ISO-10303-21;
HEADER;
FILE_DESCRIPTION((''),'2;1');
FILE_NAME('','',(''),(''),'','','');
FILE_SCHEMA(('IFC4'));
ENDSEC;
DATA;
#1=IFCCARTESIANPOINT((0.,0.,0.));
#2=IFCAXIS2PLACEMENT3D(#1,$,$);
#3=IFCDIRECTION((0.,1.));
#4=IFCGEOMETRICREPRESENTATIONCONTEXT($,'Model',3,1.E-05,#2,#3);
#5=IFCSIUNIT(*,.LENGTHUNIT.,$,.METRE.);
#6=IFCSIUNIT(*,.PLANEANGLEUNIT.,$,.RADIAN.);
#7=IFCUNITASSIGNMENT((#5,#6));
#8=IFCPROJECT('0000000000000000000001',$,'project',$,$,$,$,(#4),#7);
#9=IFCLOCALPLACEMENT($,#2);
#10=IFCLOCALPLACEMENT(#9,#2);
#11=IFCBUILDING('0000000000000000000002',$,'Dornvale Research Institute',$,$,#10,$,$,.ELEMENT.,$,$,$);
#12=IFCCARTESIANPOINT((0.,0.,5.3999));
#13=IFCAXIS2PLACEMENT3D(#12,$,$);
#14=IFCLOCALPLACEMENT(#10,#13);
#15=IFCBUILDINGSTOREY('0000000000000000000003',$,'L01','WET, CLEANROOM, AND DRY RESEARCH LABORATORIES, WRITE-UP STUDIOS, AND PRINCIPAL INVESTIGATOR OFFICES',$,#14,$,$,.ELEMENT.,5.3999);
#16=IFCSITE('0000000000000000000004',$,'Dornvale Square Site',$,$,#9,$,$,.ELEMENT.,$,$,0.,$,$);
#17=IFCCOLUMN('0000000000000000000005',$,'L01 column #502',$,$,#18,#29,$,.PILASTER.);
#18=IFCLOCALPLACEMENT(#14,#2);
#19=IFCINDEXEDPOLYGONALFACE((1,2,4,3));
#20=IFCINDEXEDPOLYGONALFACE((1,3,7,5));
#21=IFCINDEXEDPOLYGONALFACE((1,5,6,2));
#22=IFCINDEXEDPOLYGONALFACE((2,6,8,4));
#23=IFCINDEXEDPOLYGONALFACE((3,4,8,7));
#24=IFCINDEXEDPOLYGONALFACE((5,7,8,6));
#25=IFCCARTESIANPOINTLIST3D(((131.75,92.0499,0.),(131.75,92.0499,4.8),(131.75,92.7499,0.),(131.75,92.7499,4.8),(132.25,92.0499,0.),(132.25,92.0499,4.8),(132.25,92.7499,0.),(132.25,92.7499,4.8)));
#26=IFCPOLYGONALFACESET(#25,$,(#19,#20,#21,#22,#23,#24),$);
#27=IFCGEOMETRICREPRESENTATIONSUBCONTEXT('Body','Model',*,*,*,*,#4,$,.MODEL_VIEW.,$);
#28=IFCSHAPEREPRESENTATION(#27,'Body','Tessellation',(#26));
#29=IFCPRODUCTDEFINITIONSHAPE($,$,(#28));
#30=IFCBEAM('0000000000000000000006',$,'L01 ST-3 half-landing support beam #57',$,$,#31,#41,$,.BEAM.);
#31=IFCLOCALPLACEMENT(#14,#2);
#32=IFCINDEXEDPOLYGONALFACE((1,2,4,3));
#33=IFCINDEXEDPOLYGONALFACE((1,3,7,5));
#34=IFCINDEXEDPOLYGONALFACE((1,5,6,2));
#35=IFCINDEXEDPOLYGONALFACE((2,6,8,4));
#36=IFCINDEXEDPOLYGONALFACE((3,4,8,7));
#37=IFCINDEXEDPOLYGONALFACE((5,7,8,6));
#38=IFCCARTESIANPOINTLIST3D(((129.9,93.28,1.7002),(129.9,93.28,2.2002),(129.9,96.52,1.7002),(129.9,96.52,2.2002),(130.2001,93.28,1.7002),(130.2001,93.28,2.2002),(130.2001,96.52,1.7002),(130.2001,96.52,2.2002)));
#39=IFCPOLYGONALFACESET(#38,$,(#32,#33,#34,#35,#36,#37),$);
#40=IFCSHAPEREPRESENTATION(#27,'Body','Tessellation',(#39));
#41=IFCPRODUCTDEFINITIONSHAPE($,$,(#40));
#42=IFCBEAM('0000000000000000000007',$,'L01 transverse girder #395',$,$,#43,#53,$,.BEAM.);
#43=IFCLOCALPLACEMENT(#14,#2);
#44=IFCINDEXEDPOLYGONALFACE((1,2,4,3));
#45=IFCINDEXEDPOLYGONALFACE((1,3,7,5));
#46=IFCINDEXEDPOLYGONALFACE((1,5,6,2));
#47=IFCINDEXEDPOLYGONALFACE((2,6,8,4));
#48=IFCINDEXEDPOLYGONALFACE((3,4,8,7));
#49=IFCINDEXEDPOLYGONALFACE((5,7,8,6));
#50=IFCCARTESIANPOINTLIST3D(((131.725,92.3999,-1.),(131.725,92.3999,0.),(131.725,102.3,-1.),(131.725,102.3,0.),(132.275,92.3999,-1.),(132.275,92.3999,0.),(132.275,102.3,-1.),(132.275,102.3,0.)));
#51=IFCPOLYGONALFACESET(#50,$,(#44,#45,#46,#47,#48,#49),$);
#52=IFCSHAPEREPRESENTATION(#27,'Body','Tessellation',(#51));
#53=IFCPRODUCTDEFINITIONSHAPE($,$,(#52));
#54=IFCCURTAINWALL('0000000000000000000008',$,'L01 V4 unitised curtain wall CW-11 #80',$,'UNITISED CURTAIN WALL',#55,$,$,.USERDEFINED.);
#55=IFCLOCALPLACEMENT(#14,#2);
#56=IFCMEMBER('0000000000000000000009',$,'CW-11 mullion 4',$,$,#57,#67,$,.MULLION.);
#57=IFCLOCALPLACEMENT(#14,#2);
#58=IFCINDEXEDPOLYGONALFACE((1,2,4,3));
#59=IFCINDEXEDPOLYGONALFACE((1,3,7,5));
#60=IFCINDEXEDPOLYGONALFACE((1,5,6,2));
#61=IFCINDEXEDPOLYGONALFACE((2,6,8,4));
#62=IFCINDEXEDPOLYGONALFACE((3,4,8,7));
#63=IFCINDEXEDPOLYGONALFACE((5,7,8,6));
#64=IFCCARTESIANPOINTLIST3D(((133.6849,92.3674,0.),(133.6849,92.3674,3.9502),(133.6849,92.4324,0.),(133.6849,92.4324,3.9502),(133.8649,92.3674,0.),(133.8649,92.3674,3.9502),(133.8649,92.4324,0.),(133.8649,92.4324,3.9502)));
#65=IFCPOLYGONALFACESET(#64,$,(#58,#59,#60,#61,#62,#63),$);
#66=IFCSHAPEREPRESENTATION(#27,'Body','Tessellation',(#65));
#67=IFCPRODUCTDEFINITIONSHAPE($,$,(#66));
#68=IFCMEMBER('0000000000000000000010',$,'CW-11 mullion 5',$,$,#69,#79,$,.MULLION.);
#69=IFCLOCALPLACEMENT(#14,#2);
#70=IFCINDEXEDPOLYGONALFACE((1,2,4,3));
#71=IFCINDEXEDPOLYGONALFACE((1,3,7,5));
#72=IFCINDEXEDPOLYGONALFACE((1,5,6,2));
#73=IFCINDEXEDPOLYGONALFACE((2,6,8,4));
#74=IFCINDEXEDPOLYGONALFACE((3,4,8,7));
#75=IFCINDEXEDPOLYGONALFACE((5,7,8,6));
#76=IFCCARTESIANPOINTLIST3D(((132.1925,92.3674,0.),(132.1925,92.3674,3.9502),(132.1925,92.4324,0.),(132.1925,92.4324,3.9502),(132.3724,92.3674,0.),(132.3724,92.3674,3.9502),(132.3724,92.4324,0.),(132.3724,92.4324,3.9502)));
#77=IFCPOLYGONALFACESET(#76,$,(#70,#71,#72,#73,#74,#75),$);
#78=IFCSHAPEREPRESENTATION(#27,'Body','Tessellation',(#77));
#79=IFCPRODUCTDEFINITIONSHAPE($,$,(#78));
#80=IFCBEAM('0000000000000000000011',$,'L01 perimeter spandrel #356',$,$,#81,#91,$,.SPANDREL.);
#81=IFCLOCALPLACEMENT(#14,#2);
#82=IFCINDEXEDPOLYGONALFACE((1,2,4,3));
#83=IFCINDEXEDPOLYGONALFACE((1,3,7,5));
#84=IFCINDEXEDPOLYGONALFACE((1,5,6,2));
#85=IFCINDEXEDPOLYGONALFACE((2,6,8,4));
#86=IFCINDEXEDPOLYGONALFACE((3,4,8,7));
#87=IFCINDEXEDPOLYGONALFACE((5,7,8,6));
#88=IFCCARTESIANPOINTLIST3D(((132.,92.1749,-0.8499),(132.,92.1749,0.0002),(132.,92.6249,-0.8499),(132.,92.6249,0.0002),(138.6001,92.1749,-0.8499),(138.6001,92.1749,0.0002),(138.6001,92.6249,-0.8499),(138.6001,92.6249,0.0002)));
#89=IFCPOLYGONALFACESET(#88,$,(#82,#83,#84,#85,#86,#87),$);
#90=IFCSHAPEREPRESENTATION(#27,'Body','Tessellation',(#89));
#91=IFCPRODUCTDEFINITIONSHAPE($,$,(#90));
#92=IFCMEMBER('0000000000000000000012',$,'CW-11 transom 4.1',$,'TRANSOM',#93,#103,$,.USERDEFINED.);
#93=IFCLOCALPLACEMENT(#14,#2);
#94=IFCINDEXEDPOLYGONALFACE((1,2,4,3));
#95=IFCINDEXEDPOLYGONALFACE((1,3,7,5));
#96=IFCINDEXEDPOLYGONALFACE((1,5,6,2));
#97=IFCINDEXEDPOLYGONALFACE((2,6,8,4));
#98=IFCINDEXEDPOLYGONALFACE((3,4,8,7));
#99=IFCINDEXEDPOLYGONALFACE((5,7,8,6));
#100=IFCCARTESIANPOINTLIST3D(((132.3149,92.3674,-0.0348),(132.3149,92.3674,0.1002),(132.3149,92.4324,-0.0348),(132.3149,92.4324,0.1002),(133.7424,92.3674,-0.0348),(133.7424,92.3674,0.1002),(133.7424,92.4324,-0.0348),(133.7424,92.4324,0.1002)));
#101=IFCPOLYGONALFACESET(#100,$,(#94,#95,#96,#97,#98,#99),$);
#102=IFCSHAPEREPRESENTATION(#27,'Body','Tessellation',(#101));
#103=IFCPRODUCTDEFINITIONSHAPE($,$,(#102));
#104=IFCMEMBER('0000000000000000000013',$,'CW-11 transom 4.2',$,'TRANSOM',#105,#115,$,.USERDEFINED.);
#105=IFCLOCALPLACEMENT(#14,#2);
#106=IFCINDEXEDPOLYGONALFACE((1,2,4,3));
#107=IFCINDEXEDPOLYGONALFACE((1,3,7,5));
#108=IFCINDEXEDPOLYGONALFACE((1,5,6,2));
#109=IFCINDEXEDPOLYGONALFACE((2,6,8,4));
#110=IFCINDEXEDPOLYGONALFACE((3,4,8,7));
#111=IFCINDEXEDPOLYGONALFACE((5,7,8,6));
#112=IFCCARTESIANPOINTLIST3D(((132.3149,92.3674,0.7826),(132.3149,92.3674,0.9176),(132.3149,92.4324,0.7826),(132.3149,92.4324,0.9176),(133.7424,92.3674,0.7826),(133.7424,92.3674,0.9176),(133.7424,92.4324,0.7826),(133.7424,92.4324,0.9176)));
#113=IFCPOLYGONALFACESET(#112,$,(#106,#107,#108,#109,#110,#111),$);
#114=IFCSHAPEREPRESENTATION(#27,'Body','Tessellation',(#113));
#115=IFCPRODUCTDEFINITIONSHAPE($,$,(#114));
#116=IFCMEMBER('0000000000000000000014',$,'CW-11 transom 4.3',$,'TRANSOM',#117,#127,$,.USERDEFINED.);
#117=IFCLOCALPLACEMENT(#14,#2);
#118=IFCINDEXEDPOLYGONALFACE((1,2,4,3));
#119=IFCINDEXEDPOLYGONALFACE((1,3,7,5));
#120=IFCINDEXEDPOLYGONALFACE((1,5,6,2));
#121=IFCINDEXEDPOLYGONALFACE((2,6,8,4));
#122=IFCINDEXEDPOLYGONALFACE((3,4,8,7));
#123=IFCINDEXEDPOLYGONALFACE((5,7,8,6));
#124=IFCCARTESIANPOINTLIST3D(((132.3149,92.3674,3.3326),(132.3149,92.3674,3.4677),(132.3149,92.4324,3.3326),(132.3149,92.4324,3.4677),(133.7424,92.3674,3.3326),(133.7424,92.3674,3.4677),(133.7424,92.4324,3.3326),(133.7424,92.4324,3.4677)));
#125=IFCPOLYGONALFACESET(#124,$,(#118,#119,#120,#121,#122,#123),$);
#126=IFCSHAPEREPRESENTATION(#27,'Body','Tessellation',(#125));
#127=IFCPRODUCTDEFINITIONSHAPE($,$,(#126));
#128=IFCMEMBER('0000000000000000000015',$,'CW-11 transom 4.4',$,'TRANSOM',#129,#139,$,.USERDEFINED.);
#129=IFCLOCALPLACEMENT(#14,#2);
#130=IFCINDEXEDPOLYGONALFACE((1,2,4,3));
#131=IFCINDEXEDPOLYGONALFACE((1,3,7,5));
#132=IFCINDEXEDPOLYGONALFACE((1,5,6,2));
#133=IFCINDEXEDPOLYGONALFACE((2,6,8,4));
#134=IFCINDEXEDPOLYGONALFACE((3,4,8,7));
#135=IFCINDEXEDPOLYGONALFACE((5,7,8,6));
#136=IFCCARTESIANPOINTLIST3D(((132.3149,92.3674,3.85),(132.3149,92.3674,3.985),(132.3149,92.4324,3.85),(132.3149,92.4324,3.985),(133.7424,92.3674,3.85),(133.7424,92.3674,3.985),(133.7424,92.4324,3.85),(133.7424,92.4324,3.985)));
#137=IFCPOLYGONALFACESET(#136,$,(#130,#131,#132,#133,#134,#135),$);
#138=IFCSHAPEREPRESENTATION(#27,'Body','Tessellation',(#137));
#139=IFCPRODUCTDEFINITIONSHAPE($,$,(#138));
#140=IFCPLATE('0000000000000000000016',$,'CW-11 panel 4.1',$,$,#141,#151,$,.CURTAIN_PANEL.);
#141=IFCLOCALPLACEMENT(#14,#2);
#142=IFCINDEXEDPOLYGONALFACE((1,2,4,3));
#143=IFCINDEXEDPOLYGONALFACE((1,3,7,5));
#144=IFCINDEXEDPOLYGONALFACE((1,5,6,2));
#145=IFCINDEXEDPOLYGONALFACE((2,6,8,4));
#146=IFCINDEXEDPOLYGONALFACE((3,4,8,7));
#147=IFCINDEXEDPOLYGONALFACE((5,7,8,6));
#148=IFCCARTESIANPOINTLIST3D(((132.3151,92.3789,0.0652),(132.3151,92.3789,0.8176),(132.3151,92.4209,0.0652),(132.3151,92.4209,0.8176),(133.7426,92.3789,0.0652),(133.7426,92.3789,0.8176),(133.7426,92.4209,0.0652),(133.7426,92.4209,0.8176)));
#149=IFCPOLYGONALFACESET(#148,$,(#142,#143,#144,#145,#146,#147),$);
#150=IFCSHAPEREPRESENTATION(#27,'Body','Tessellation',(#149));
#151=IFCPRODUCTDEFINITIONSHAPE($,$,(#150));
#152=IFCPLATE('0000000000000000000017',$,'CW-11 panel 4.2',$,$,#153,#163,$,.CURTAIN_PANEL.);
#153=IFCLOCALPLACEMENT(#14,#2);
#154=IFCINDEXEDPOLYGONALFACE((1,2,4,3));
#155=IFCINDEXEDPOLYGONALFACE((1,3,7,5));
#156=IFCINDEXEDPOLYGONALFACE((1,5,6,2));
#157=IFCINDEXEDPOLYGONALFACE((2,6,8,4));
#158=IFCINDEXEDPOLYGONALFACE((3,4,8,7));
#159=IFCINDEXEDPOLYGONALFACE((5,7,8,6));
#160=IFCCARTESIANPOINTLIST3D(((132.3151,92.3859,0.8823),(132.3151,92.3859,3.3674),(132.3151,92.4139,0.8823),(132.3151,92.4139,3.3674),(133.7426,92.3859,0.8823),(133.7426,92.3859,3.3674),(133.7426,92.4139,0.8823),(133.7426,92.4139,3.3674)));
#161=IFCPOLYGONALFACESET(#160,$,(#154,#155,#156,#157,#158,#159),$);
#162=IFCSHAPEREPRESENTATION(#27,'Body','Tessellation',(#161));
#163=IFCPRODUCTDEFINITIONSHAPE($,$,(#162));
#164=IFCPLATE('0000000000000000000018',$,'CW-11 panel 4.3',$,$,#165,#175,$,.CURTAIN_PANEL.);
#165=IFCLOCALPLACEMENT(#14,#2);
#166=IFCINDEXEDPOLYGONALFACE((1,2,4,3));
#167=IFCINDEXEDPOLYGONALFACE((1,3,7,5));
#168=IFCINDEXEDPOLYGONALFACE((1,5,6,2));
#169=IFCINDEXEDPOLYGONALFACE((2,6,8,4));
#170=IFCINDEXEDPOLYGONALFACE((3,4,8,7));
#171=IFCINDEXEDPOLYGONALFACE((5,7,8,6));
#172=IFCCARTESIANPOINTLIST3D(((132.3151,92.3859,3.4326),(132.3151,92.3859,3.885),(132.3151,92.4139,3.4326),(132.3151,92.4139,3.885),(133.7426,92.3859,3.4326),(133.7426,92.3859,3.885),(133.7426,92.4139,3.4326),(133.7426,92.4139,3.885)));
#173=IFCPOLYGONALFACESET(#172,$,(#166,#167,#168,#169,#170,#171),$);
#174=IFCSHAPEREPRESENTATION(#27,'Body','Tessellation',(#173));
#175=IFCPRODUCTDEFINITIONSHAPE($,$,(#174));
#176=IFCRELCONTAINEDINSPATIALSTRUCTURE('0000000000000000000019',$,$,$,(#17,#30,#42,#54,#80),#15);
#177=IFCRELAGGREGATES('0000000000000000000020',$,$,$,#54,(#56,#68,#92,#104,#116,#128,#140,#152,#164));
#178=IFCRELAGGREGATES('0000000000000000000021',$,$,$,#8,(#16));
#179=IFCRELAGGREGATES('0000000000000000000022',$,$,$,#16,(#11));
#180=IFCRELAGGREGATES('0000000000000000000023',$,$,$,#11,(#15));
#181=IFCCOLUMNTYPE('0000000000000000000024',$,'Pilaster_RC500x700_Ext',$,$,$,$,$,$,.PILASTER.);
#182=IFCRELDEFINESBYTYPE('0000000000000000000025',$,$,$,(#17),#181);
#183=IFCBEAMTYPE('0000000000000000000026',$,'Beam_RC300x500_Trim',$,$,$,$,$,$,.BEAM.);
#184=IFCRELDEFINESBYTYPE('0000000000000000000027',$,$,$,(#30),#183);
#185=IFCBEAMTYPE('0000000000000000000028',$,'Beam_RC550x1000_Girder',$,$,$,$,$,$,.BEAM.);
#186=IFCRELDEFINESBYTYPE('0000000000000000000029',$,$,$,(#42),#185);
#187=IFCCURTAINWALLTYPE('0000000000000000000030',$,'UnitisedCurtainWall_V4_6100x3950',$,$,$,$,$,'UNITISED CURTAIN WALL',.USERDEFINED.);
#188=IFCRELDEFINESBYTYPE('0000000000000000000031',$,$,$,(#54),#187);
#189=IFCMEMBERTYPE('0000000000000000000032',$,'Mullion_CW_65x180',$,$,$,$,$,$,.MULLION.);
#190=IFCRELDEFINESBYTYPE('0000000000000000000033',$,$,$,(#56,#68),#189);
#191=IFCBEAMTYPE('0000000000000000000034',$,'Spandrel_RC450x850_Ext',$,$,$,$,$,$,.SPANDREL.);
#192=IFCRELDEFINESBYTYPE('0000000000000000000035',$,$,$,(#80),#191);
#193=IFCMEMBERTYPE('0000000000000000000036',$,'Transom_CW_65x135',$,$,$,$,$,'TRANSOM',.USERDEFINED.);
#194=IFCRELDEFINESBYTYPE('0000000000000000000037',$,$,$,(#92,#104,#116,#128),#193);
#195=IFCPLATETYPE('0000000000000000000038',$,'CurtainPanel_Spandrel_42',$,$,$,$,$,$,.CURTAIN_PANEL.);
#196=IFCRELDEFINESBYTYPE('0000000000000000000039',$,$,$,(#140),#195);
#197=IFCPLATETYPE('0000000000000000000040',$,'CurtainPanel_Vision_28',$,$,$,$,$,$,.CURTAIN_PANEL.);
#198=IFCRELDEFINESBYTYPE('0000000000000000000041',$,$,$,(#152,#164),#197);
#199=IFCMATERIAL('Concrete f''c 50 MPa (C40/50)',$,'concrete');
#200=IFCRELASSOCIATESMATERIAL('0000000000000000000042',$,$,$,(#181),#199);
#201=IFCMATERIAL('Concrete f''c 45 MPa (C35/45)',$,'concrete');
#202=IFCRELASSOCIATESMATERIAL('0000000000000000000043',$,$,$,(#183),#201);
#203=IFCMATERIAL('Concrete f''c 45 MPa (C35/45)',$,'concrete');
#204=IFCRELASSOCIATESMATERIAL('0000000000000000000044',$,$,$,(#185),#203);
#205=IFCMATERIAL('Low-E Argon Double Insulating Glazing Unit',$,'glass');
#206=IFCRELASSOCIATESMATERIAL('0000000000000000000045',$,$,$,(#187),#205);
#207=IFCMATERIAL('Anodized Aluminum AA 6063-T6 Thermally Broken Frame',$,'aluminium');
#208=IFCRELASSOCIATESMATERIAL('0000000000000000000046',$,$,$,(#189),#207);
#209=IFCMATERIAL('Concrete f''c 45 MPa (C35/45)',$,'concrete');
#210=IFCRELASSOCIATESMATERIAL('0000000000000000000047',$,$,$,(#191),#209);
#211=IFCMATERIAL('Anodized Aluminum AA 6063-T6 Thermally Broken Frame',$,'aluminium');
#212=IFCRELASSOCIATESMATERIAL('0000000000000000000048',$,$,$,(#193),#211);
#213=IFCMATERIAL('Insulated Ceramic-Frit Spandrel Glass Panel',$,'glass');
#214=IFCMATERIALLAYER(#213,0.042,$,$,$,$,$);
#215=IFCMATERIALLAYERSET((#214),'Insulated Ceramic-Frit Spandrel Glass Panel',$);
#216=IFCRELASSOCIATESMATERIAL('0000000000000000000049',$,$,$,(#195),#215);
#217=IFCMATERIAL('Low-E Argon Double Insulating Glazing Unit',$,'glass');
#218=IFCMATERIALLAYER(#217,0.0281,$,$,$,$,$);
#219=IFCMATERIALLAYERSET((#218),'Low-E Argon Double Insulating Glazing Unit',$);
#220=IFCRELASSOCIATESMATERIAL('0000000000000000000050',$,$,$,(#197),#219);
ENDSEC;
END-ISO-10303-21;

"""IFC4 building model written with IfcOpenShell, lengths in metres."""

from ifc_helpers import new_model, si_unit, direction, frame, origin, origin_2d, place, context, subcontext, project, spatial, rectangle, extrude, material, layer, layer_set, material_profile, profile_set, type_object, element, aggregate, save


model = new_model("IFC4")

# Units and contexts
model_context = context("Model", 3, precision=1e-05, world=origin(), true_north=direction((0.0, 1.0)))
body_context = subcontext(model_context, "Body", "Model", "MODEL_VIEW")
ifc_project = project(units=[si_unit("LENGTHUNIT", "METRE"), si_unit("PLANEANGLEUNIT", "RADIAN")], contexts=[model_context])

# Site, building, storey
site_placement = place(None, origin())
site = spatial("IfcSite", under=ifc_project, at=site_placement, Name="Dornvale Square Site", CompositionType="ELEMENT", RefElevation=0.0)
building_placement = place(site_placement, origin())
building = spatial("IfcBuilding", under=site, at=building_placement, Name="Dornvale Research Institute", CompositionType="ELEMENT")
storey_placement = place(building_placement, frame((0.0, 0.0, 5.3999)))
storey = spatial("IfcBuildingStorey", under=building, at=storey_placement, Name="L01", Description="WET, CLEANROOM, AND DRY RESEARCH LABORATORIES, WRITE-UP STUDIOS, AND PRINCIPAL INVESTIGATOR OFFICES", CompositionType="ELEMENT", Elevation=5.3999)

# Column
ifc_material_1 = material(Name="Concrete f'c 50 MPa (C40/50)", Category="concrete")
ifc_material_profile_1 = material_profile(ifc_material_1, rectangle(XDim=0.5, YDim=0.7, at=origin_2d()), Name="RC 500x700")
ifc_profile_set_1 = profile_set([ifc_material_profile_1], Name="Concrete f'c 50 MPa (C40/50)")
column_type = type_object("IfcColumnType", Name="Pilaster_RC500x700_Ext", PredefinedType="PILASTER", material=ifc_profile_set_1)
column_placement = place(storey_placement, frame((132.0, 92.3999, 0.0), z_axis=(0.0, 0.0, 1.0), x_axis=(1.0, 0.0, 0.0)))
element("IfcColumn", 1, at=column_placement, inside=storey, type_object=column_type, Name="L01 column #502", PredefinedType="PILASTER", context=body_context, shape_type="SweptSolid", body=[
    extrude(rectangle(XDim=0.5, YDim=0.7, at=origin_2d()), origin(), (0.0, 0.0, 1.0), 4.8),
])

# Beams
ifc_material_2 = material(Name="Concrete f'c 45 MPa (C35/45)", Category="concrete")
ifc_material_profile_2 = material_profile(ifc_material_2, rectangle(XDim=0.3, YDim=0.5, at=origin_2d()), Name="RC 300x500")
ifc_profile_set_2 = profile_set([ifc_material_profile_2], Name="Concrete f'c 45 MPa (C35/45)")
beam_type_1 = type_object("IfcBeamType", Name="Beam_RC300x500_Trim", PredefinedType="BEAM", material=ifc_profile_set_2)
beam_1_placement = place(storey_placement, frame((130.05, 93.28, 1.9502), z_axis=(0.0, 1.0, 0.0), x_axis=(-1.0, 0.0, 0.0)))
element("IfcBeam", 2, at=beam_1_placement, inside=storey, type_object=beam_type_1, Name="L01 ST-3 half-landing support beam #57", PredefinedType="BEAM", context=body_context, shape_type="SweptSolid", body=[
    extrude(rectangle(XDim=0.3, YDim=0.5, at=origin_2d()), origin(), (0.0, 0.0, 1.0), 3.24),
])
ifc_material_3 = material(Name="Concrete f'c 45 MPa (C35/45)", Category="concrete")
ifc_material_profile_3 = material_profile(ifc_material_3, rectangle(XDim=0.55, YDim=1.0, at=origin_2d()), Name="RC 550x1000")
ifc_profile_set_3 = profile_set([ifc_material_profile_3], Name="Concrete f'c 45 MPa (C35/45)")
beam_type_2 = type_object("IfcBeamType", Name="Beam_RC550x1000_Girder", PredefinedType="BEAM", material=ifc_profile_set_3)
beam_2_placement = place(storey_placement, frame((132.0, 92.3999, -0.5), z_axis=(0.0, 1.0, 0.0), x_axis=(-1.0, 0.0, 0.0)))
element("IfcBeam", 3, at=beam_2_placement, inside=storey, type_object=beam_type_2, Name="L01 transverse girder #395", PredefinedType="BEAM", context=body_context, shape_type="SweptSolid", body=[
    extrude(rectangle(XDim=0.55, YDim=1.0, at=origin_2d()), origin(), (0.0, 0.0, 1.0), 9.9001),
])

# Curtain wall, members
ifc_material_4 = material(Name="Low-E Argon Double Insulating Glazing Unit", Category="glass")
curtain_wall_type = type_object("IfcCurtainWallType", Name="UnitisedCurtainWall_V4_6100x3950", ElementType="UNITISED CURTAIN WALL", PredefinedType="USERDEFINED", material=ifc_material_4)
curtain_wall_placement = place(storey_placement, origin())
curtain_wall = element("IfcCurtainWall", 4, at=curtain_wall_placement, inside=storey, type_object=curtain_wall_type, Name="L01 V4 unitised curtain wall CW-11 #80", ObjectType="UNITISED CURTAIN WALL", PredefinedType="USERDEFINED")
ifc_material_5 = material(Name="Anodized Aluminum AA 6063-T6 Thermally Broken Frame", Category="aluminium")
ifc_material_profile_4 = material_profile(ifc_material_5, rectangle(XDim=0.0649, YDim=0.1799, at=origin_2d()), Name="ALU MULLION 65x180")
ifc_profile_set_4 = profile_set([ifc_material_profile_4], Name="Anodized Aluminum AA 6063-T6 Thermally Broken Frame")
member_type_1 = type_object("IfcMemberType", Name="Mullion_CW_65x180", PredefinedType="MULLION", material=ifc_profile_set_4)
member_1_placement = place(storey_placement, frame((133.7749, 92.3999, 0.0), z_axis=(0.0, 0.0, 1.0), x_axis=(0.0, -1.0, 0.0)))
member_1 = element("IfcMember", 5, at=member_1_placement, type_object=member_type_1, Name="CW-11 mullion 4", PredefinedType="MULLION", context=body_context, shape_type="SweptSolid", body=[
    extrude(rectangle(XDim=0.0649, YDim=0.1799, at=origin_2d()), origin(), (0.0, 0.0, 1.0), 3.9502),
])
member_2_placement = place(storey_placement, frame((132.2825, 92.3999, 0.0), z_axis=(0.0, 0.0, 1.0), x_axis=(0.0, -1.0, 0.0)))
member_2 = element("IfcMember", 6, at=member_2_placement, type_object=member_type_1, Name="CW-11 mullion 5", PredefinedType="MULLION", context=body_context, shape_type="SweptSolid", body=[
    extrude(rectangle(XDim=0.0649, YDim=0.1799, at=origin_2d()), origin(), (0.0, 0.0, 1.0), 3.9502),
])

# Beam
ifc_material_6 = material(Name="Concrete f'c 45 MPa (C35/45)", Category="concrete")
ifc_material_profile_5 = material_profile(ifc_material_6, rectangle(XDim=0.45, YDim=0.8501, at=origin_2d()), Name="RC 450x850")
ifc_profile_set_5 = profile_set([ifc_material_profile_5], Name="Concrete f'c 45 MPa (C35/45)")
beam_type_3 = type_object("IfcBeamType", Name="Spandrel_RC450x850_Ext", PredefinedType="SPANDREL", material=ifc_profile_set_5)
beam_3_placement = place(storey_placement, frame((132.0, 92.3999, -0.4248), z_axis=(1.0, 0.0, 0.0), x_axis=(0.0, 1.0, 0.0)))
element("IfcBeam", 7, at=beam_3_placement, inside=storey, type_object=beam_type_3, Name="L01 perimeter spandrel #356", PredefinedType="SPANDREL", context=body_context, shape_type="SweptSolid", body=[
    extrude(rectangle(XDim=0.45, YDim=0.8501, at=origin_2d()), origin(), (0.0, 0.0, 1.0), 6.6001),
])

# Members
ifc_material_7 = material(Name="Anodized Aluminum AA 6063-T6 Thermally Broken Frame", Category="aluminium")
ifc_material_profile_6 = material_profile(ifc_material_7, rectangle(XDim=0.0649, YDim=0.135, at=origin_2d()), Name="ALU TRANSOM 65x135")
ifc_profile_set_6 = profile_set([ifc_material_profile_6], Name="Anodized Aluminum AA 6063-T6 Thermally Broken Frame")
member_type_2 = type_object("IfcMemberType", Name="Transom_CW_65x135", ElementType="TRANSOM", PredefinedType="USERDEFINED", material=ifc_profile_set_6)
member_3_placement = place(storey_placement, frame((133.7424, 92.3999, 0.0327), z_axis=(-1.0, 0.0, 0.0), x_axis=(0.0, -1.0, 0.0)))
member_3 = element("IfcMember", 8, at=member_3_placement, type_object=member_type_2, Name="CW-11 transom 4.1", ObjectType="TRANSOM", PredefinedType="USERDEFINED", context=body_context, shape_type="SweptSolid", body=[
    extrude(rectangle(XDim=0.0649, YDim=0.135, at=origin_2d()), origin(), (0.0, 0.0, 1.0), 1.4275),
])
member_4_placement = place(storey_placement, frame((133.7424, 92.3999, 0.8501), z_axis=(-1.0, 0.0, 0.0), x_axis=(0.0, -1.0, 0.0)))
member_4 = element("IfcMember", 9, at=member_4_placement, type_object=member_type_2, Name="CW-11 transom 4.2", ObjectType="TRANSOM", PredefinedType="USERDEFINED", context=body_context, shape_type="SweptSolid", body=[
    extrude(rectangle(XDim=0.0649, YDim=0.135, at=origin_2d()), origin(), (0.0, 0.0, 1.0), 1.4275),
])
member_5_placement = place(storey_placement, frame((133.7424, 92.3999, 3.4001), z_axis=(-1.0, 0.0, 0.0), x_axis=(0.0, -1.0, 0.0)))
member_5 = element("IfcMember", 10, at=member_5_placement, type_object=member_type_2, Name="CW-11 transom 4.3", ObjectType="TRANSOM", PredefinedType="USERDEFINED", context=body_context, shape_type="SweptSolid", body=[
    extrude(rectangle(XDim=0.0649, YDim=0.135, at=origin_2d()), origin(), (0.0, 0.0, 1.0), 1.4275),
])
member_6_placement = place(storey_placement, frame((133.7424, 92.3999, 3.9175), z_axis=(-1.0, 0.0, 0.0), x_axis=(0.0, -1.0, 0.0)))
member_6 = element("IfcMember", 11, at=member_6_placement, type_object=member_type_2, Name="CW-11 transom 4.4", ObjectType="TRANSOM", PredefinedType="USERDEFINED", context=body_context, shape_type="SweptSolid", body=[
    extrude(rectangle(XDim=0.0649, YDim=0.135, at=origin_2d()), origin(), (0.0, 0.0, 1.0), 1.4275),
])

# Plates
ifc_material_8 = material(Name="Insulated Ceramic-Frit Spandrel Glass Panel", Category="glass")
ifc_layer_1 = layer(ifc_material_8, 0.042)
ifc_layer_set_1 = layer_set([ifc_layer_1], Name="Insulated Ceramic-Frit Spandrel Glass Panel")
plate_type_1 = type_object("IfcPlateType", Name="CurtainPanel_Spandrel_42", PredefinedType="CURTAIN_PANEL", material=ifc_layer_set_1)
plate_1_placement = place(storey_placement, frame((133.0288, 92.3999, 0.0652), z_axis=(0.0, 0.0, 1.0), x_axis=(-1.0, 0.0, 0.0)))
plate_1 = element("IfcPlate", 12, at=plate_1_placement, type_object=plate_type_1, Name="CW-11 panel 4.1", PredefinedType="CURTAIN_PANEL", context=body_context, shape_type="SweptSolid", body=[
    extrude(rectangle(XDim=1.4275, YDim=0.042, at=origin_2d()), origin(), (0.0, 0.0, 1.0), 0.7524),
])
ifc_material_9 = material(Name="Low-E Argon Double Insulating Glazing Unit", Category="glass")
ifc_layer_2 = layer(ifc_material_9, 0.0281)
ifc_layer_set_2 = layer_set([ifc_layer_2], Name="Low-E Argon Double Insulating Glazing Unit")
plate_type_2 = type_object("IfcPlateType", Name="CurtainPanel_Vision_28", PredefinedType="CURTAIN_PANEL", material=ifc_layer_set_2)
plate_2_placement = place(storey_placement, frame((133.0288, 92.3999, 0.8823), z_axis=(0.0, 0.0, 1.0), x_axis=(-1.0, 0.0, 0.0)))
plate_2 = element("IfcPlate", 13, at=plate_2_placement, type_object=plate_type_2, Name="CW-11 panel 4.2", PredefinedType="CURTAIN_PANEL", context=body_context, shape_type="SweptSolid", body=[
    extrude(rectangle(XDim=1.4275, YDim=0.0281, at=origin_2d()), origin(), (0.0, 0.0, 1.0), 2.4851),
])
plate_3_placement = place(storey_placement, frame((133.0288, 92.3999, 3.4326), z_axis=(0.0, 0.0, 1.0), x_axis=(-1.0, 0.0, 0.0)))
plate_3 = element("IfcPlate", 14, at=plate_3_placement, type_object=plate_type_2, Name="CW-11 panel 4.3", PredefinedType="CURTAIN_PANEL", context=body_context, shape_type="SweptSolid", body=[
    extrude(rectangle(XDim=1.4275, YDim=0.0281, at=origin_2d()), origin(), (0.0, 0.0, 1.0), 0.4524),
])
aggregate(curtain_wall, [member_1, member_2, member_3, member_4, member_5, member_6, plate_1, plate_2, plate_3])

save(model, "model.ifc")
